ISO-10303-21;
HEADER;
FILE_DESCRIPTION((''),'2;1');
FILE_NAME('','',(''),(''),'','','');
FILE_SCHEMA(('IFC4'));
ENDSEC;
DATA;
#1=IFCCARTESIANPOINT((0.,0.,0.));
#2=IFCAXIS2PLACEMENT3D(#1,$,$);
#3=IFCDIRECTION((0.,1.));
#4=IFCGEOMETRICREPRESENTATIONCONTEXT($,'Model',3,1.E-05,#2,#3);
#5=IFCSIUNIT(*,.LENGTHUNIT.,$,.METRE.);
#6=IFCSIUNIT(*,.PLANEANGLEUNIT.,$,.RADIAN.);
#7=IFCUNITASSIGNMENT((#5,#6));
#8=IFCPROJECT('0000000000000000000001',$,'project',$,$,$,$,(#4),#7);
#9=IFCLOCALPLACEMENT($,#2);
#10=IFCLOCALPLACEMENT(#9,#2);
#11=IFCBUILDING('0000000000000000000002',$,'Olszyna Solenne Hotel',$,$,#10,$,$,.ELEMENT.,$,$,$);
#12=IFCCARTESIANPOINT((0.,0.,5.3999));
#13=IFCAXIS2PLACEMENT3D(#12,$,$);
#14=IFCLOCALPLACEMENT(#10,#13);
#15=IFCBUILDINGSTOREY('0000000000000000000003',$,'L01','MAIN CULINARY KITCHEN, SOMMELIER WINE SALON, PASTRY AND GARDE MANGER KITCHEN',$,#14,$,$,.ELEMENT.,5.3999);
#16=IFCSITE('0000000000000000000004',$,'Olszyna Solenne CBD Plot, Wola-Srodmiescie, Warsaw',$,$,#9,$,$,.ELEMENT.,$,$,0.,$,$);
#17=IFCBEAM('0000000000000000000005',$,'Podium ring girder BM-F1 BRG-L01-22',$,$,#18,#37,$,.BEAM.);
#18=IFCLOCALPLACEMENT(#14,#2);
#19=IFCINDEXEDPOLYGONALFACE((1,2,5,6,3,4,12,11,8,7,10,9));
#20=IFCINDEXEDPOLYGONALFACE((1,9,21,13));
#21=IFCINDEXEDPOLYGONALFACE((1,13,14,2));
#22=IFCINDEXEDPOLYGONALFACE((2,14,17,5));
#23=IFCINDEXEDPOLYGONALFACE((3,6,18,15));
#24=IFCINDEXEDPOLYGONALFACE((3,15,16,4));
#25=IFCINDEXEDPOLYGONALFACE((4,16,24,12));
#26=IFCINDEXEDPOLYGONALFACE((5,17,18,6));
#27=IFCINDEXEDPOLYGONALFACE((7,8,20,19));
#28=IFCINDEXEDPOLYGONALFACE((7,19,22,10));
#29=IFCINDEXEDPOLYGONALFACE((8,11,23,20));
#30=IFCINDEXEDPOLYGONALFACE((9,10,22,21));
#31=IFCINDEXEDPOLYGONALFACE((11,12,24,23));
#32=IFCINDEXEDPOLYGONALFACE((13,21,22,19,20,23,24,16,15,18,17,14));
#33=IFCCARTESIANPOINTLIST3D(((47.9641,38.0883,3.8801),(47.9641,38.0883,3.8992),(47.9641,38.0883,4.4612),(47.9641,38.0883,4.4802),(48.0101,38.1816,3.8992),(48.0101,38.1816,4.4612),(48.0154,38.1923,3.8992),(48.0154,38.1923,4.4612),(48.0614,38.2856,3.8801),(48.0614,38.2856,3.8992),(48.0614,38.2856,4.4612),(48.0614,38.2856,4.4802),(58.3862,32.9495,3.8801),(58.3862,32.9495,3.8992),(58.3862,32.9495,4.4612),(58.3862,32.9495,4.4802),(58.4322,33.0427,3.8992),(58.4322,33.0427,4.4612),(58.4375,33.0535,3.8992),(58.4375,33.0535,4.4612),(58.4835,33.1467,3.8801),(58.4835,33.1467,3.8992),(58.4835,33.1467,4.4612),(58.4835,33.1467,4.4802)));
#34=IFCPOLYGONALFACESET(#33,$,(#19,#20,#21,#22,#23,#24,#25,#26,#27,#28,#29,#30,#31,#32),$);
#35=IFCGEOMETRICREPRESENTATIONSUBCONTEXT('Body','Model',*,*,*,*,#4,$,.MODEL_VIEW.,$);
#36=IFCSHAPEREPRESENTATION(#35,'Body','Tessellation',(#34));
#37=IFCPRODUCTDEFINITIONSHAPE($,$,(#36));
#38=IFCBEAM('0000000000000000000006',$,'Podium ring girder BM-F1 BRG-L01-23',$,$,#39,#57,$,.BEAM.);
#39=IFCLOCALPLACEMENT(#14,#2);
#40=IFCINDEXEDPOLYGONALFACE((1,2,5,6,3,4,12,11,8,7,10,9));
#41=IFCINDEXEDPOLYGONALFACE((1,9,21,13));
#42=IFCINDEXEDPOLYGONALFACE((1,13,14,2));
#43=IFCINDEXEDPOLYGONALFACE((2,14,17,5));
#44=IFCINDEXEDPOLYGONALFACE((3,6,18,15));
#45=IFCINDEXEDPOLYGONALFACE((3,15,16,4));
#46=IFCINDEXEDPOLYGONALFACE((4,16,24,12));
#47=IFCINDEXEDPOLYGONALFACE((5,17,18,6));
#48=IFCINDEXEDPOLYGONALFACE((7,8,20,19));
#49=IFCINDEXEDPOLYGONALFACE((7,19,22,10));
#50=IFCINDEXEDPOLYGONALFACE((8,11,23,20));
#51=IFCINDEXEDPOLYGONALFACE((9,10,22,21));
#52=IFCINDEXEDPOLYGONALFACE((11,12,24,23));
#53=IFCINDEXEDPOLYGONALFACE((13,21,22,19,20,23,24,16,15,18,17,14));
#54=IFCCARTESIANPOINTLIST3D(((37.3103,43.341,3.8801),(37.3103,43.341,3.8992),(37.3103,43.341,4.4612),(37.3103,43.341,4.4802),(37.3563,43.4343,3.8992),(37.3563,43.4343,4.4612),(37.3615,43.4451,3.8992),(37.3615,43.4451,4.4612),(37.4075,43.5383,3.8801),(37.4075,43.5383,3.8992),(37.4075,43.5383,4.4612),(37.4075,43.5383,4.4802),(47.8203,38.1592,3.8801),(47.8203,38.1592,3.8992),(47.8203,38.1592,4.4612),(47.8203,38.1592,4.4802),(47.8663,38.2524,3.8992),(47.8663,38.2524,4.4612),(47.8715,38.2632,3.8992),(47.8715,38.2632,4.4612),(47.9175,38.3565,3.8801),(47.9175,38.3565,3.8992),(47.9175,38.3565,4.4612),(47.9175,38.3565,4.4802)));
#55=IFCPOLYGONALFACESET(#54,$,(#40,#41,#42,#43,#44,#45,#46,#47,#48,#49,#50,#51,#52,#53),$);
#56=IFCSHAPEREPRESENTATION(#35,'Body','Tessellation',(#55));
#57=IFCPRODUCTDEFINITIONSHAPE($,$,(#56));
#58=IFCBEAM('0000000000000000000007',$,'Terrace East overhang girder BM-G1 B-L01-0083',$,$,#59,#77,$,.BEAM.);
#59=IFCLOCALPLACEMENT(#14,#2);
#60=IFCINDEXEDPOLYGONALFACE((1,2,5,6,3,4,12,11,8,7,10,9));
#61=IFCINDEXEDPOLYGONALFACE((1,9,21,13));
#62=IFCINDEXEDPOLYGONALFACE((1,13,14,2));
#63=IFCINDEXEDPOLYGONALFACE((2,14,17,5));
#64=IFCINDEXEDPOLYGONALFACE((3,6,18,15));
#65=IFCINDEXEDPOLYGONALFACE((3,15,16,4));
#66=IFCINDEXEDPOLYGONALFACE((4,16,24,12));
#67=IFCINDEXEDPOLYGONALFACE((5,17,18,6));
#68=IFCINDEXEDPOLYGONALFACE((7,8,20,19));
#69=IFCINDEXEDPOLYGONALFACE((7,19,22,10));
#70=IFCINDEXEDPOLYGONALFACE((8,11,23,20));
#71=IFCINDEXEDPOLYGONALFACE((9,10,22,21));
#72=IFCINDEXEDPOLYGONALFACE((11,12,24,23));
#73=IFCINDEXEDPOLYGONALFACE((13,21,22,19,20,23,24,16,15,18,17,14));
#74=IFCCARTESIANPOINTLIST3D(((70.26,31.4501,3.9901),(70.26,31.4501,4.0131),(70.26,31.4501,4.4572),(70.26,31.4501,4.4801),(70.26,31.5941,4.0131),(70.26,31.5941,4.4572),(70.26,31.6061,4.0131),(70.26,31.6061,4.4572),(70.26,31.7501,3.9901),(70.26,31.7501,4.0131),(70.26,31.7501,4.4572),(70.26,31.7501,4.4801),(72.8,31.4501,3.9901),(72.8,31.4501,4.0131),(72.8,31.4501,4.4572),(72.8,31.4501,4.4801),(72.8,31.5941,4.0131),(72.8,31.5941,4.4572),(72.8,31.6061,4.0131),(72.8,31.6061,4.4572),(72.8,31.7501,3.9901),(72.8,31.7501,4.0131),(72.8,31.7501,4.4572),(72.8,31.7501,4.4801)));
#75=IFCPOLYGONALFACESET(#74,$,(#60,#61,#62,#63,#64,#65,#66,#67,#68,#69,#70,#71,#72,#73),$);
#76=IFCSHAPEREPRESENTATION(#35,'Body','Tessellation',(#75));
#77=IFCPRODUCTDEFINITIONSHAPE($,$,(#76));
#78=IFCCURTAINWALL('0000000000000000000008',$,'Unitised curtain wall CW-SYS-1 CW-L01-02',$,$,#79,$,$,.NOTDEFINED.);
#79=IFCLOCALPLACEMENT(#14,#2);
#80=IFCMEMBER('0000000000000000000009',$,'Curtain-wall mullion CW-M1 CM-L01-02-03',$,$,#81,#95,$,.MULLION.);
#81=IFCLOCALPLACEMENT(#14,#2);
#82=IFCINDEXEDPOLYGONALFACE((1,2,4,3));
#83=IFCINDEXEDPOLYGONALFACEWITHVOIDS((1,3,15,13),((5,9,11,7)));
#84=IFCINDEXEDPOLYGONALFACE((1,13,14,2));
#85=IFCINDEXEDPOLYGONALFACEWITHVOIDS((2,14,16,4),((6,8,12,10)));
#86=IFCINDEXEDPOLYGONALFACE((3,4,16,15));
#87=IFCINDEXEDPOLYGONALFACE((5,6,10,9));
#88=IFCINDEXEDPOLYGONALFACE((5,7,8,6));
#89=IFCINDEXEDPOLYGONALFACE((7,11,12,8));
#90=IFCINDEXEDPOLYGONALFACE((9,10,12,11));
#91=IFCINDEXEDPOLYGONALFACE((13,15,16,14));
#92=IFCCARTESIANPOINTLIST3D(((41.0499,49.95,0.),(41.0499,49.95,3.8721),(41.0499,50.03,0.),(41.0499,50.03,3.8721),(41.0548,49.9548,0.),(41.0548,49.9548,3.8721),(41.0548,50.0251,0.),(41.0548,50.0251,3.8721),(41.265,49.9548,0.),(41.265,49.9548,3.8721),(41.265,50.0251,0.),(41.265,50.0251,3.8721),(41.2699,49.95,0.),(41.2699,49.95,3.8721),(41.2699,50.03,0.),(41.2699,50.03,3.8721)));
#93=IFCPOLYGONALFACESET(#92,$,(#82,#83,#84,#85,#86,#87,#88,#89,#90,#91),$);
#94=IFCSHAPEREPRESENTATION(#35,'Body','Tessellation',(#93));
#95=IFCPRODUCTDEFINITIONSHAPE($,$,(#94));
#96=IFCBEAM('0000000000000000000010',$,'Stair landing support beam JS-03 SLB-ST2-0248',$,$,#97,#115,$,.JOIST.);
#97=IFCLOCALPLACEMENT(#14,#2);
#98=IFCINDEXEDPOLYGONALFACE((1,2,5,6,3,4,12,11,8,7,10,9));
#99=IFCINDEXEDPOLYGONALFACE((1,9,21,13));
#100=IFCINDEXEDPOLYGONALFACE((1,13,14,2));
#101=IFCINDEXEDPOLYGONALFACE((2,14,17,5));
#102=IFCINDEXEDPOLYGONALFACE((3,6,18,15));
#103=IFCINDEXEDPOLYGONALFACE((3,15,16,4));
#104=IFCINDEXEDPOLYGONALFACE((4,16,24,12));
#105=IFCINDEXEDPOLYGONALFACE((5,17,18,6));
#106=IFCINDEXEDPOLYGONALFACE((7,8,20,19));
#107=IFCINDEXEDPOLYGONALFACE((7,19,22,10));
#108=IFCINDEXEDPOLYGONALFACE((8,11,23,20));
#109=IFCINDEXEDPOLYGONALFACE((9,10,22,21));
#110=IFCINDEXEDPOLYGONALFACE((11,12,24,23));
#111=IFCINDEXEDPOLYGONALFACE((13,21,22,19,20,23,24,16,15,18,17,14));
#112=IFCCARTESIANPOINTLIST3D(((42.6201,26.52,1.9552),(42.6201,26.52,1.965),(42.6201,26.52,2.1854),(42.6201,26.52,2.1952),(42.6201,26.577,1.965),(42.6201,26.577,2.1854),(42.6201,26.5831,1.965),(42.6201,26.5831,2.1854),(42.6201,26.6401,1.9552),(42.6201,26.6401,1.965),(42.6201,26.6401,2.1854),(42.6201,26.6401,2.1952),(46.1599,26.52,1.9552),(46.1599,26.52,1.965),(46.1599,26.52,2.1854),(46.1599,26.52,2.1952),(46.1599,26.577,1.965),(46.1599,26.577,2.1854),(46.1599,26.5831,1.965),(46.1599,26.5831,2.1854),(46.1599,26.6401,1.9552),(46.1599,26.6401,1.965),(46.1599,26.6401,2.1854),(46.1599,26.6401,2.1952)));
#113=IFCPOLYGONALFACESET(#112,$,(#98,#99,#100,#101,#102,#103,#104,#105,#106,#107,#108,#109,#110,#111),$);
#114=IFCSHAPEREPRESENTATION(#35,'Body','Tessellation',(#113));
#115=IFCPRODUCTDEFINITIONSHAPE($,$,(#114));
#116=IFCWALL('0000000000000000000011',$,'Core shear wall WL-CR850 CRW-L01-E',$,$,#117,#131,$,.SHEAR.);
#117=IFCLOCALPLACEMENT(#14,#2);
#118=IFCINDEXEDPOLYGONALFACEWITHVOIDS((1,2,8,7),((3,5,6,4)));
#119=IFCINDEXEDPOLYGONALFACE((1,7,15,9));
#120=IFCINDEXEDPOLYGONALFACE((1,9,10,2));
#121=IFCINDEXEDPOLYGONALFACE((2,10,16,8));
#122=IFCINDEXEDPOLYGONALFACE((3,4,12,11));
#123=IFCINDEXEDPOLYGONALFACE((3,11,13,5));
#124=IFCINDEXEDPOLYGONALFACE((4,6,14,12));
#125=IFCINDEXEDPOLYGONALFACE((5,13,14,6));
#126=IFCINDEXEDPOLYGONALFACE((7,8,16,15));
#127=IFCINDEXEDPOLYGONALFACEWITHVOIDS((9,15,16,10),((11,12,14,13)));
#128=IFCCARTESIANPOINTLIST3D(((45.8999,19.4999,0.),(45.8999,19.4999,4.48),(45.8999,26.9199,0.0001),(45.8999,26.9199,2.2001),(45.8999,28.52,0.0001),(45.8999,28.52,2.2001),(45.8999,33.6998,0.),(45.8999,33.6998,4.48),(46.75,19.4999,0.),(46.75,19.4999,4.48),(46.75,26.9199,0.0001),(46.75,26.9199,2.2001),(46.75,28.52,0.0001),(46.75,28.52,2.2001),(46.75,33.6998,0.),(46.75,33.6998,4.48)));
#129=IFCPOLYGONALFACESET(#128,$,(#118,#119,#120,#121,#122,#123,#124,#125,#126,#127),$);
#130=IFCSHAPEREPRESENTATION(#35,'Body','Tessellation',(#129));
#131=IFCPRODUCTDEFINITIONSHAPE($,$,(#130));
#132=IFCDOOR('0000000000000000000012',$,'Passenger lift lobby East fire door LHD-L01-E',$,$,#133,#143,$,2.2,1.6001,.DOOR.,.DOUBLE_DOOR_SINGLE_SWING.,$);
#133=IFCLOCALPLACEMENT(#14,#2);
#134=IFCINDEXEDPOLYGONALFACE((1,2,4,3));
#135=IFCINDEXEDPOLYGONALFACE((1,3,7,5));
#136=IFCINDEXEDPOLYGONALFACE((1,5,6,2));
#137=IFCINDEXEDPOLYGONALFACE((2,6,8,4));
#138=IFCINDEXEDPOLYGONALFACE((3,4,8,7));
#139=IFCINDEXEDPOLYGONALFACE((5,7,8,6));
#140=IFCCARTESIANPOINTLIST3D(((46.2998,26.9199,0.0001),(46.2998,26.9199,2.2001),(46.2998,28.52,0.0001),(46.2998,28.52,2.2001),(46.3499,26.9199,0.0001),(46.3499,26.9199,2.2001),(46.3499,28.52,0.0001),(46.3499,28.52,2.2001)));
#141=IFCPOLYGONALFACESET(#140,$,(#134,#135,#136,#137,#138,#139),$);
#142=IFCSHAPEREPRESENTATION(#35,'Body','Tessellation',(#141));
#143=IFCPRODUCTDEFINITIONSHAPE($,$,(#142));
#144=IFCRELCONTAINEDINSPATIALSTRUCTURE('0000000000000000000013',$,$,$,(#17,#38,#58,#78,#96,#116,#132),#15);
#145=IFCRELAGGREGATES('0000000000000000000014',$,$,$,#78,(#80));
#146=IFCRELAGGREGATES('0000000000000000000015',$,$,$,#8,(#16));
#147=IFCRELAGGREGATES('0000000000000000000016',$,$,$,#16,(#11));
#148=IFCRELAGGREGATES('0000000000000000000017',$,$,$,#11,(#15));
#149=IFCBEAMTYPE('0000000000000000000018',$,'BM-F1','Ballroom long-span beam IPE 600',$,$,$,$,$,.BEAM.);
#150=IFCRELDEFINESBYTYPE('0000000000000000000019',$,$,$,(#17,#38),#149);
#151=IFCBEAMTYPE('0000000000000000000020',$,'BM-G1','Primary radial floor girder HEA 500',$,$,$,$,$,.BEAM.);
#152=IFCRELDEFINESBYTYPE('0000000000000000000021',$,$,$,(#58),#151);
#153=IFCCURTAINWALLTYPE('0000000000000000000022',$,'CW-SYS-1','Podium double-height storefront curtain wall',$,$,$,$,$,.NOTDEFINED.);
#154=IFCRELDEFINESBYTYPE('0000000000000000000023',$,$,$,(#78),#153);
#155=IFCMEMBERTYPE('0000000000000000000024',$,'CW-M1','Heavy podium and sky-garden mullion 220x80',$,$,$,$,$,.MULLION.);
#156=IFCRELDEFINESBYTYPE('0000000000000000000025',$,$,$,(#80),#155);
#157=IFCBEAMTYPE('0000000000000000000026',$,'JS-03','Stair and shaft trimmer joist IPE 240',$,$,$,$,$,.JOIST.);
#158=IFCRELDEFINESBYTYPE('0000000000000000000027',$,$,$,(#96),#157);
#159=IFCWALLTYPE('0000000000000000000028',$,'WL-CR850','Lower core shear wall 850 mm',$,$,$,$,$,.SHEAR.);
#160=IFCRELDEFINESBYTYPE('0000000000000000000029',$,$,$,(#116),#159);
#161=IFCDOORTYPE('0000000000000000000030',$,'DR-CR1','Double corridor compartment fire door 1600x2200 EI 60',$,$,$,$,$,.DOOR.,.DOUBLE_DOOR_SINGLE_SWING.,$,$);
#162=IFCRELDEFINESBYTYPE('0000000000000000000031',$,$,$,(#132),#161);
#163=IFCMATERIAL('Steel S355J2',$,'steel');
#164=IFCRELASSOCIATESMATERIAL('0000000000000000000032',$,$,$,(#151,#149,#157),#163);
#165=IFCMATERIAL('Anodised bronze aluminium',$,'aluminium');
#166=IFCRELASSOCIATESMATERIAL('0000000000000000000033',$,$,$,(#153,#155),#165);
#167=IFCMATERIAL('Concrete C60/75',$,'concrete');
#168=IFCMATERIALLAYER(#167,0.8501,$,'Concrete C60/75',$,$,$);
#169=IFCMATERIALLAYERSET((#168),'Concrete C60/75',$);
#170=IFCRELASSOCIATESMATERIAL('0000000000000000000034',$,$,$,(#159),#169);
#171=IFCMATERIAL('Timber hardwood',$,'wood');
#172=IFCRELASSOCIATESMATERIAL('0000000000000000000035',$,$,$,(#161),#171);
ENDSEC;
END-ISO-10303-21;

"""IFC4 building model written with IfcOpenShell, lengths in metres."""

from ifc_helpers import new_model, si_unit, direction, frame, frame_2d, origin, origin_2d, place, context, subcontext, project, spatial, rectangle, hollow_rectangle, i_section, extrude, source, transform, mapped, material, layer, layer_set, material_profile, profile_set, type_object, type_shapes, element, fill, aggregate, save


model = new_model("IFC4")

# Units and contexts
model_context = context("Model", 3, precision=1e-05, world=origin(), true_north=direction((0.0, 1.0)))
body_context = subcontext(model_context, "Body", "Model", "MODEL_VIEW")
ifc_project = project(units=[si_unit("LENGTHUNIT", "METRE"), si_unit("PLANEANGLEUNIT", "RADIAN")], contexts=[model_context])

# Site, building, storey
site_placement = place(None, origin())
site = spatial("IfcSite", under=ifc_project, at=site_placement, Name="Olszyna Solenne CBD Plot, Wola-Srodmiescie, Warsaw", CompositionType="ELEMENT", RefElevation=0.0)
building_placement = place(site_placement, origin())
building = spatial("IfcBuilding", under=site, at=building_placement, Name="Olszyna Solenne Hotel", CompositionType="ELEMENT")
storey_placement = place(building_placement, frame((0.0, 0.0, 5.3999)))
storey = spatial("IfcBuildingStorey", under=building, at=storey_placement, Name="L01", Description="MAIN CULINARY KITCHEN, SOMMELIER WINE SALON, PASTRY AND GARDE MANGER KITCHEN", CompositionType="ELEMENT", Elevation=5.3999)

# Shared definitions
ifc_material_1 = material(Name="Concrete C60/75", Category="concrete")

# Beams
ifc_material_2 = material(Name="Steel S355J2", Category="steel")
ifc_material_profile_1 = material_profile(ifc_material_2, i_section(OverallWidth=0.3, OverallDepth=0.49, WebThickness=0.012, FlangeThickness=0.0229, at=origin_2d()), Name="HEA 500", Category="load-bearing")
ifc_profile_set_1 = profile_set([ifc_material_profile_1], Name="Steel S355J2")
beam_type_1 = type_object("IfcBeamType", Name="BM-G1", Description="Primary radial floor girder HEA 500", PredefinedType="BEAM", material=ifc_profile_set_1)
ifc_material_profile_2 = material_profile(ifc_material_2, i_section(OverallWidth=0.22, OverallDepth=0.6001, WebThickness=0.012, FlangeThickness=0.019, at=origin_2d()), Name="IPE 600", Category="load-bearing")
ifc_profile_set_2 = profile_set([ifc_material_profile_2], Name="Steel S355J2")
beam_type_2 = type_object("IfcBeamType", Name="BM-F1", Description="Ballroom long-span beam IPE 600", PredefinedType="BEAM", material=ifc_profile_set_2)
shared_shape_1 = source(origin(), body_context, "Body", "SweptSolid", [
    extrude(i_section(OverallWidth=0.22, OverallDepth=0.6001, WebThickness=0.012, FlangeThickness=0.019, at=origin_2d()), origin(), (0.0, 0.0, 1.0), 11.6201),
])
for number, where, z_axis, x_axis, name in (
    (1, (58.4348, 33.0481, 4.1802), (-0.896897, 0.44224, 0.0), (-0.44224, -0.896897, 0.0), "Podium ring girder BM-F1 BRG-L01-22"),
):
    element("IfcBeam", number, at=place(storey_placement, frame(where, z_axis=z_axis, x_axis=x_axis)), inside=storey, type_object=beam_type_2, Name=name, PredefinedType="BEAM", context=body_context, shape_type="MappedRepresentation", body=[
        mapped(shared_shape_1, transform((0.0, 0.0, 0.0), x_axis=(1.0, 0.0, 0.0), y_axis=(0.0, 1.0, 0.0), z_axis=(0.0, 0.0, 1.0), scale=1.0)),
    ])
shared_shape_2 = source(origin(), body_context, "Body", "SweptSolid", [
    extrude(i_section(OverallWidth=0.22, OverallDepth=0.6001, WebThickness=0.012, FlangeThickness=0.019, at=origin_2d()), origin(), (0.0, 0.0, 1.0), 11.718),
])
beam_1_placement = place(storey_placement, frame((47.8689, 38.2578, 4.1802), z_axis=(-0.896909, 0.442215, 0.0), x_axis=(-0.442215, -0.896909, 0.0)))
element("IfcBeam", 2, at=beam_1_placement, inside=storey, type_object=beam_type_2, Name="Podium ring girder BM-F1 BRG-L01-23", PredefinedType="BEAM", context=body_context, shape_type="MappedRepresentation", body=[
    mapped(shared_shape_2, transform((0.0, 0.0, 0.0), x_axis=(1.0, 0.0, 0.0), y_axis=(0.0, 1.0, 0.0), z_axis=(0.0, 0.0, 1.0), scale=1.0)),
])
shared_shape_3 = source(origin(), body_context, "Body", "SweptSolid", [
    extrude(i_section(OverallWidth=0.3, OverallDepth=0.49, WebThickness=0.012, FlangeThickness=0.0229, at=origin_2d()), origin(), (0.0, 0.0, 1.0), 2.54),
])
beam_2_placement = place(storey_placement, frame((70.26, 31.6001, 4.2351), z_axis=(1.0, 0.0, 0.0), x_axis=(0.0, 1.0, 0.0)))
element("IfcBeam", 3, at=beam_2_placement, inside=storey, type_object=beam_type_1, Name="Terrace East overhang girder BM-G1 B-L01-0083", PredefinedType="BEAM", context=body_context, shape_type="MappedRepresentation", body=[
    mapped(shared_shape_3, transform((0.0, 0.0, 0.0), x_axis=(1.0, 0.0, 0.0), y_axis=(0.0, 1.0, 0.0), z_axis=(0.0, 0.0, 1.0), scale=1.0)),
])

# Curtain wall, member
ifc_material_3 = material(Name="Anodised bronze aluminium", Category="aluminium")
curtain_wall_type = type_object("IfcCurtainWallType", Name="CW-SYS-1", Description="Podium double-height storefront curtain wall", PredefinedType="NOTDEFINED", material=ifc_material_3)
curtain_wall_placement = place(storey_placement, origin())
curtain_wall = element("IfcCurtainWall", 4, at=curtain_wall_placement, inside=storey, type_object=curtain_wall_type, Name="Unitised curtain wall CW-SYS-1 CW-L01-02", PredefinedType="NOTDEFINED")
ifc_material_profile_3 = material_profile(ifc_material_3, hollow_rectangle(XDim=0.0801, YDim=0.22, WallThickness=0.0049, at=origin_2d()), Name="MULL 220x80x5", Category="load-bearing")
ifc_profile_set_3 = profile_set([ifc_material_profile_3], Name="Anodised bronze aluminium")
member_type = type_object("IfcMemberType", Name="CW-M1", Description="Heavy podium and sky-garden mullion 220x80", PredefinedType="MULLION", material=ifc_profile_set_3)
shared_shape_4 = source(origin(), body_context, "Body", "SweptSolid", [
    extrude(hollow_rectangle(XDim=0.0801, YDim=0.22, WallThickness=0.0049, at=origin_2d()), origin(), (0.0, 0.0, 1.0), 3.8721),
])
member_placement = place(storey_placement, frame((41.1599, 49.99, 0.0), z_axis=(0.0, 0.0, 1.0), x_axis=(0.0, 1.0, 0.0)))
member = element("IfcMember", 5, at=member_placement, type_object=member_type, Name="Curtain-wall mullion CW-M1 CM-L01-02-03", PredefinedType="MULLION", context=body_context, shape_type="MappedRepresentation", body=[
    mapped(shared_shape_4, transform((0.0, 0.0, 0.0), x_axis=(1.0, 0.0, 0.0), y_axis=(0.0, 1.0, 0.0), z_axis=(0.0, 0.0, 1.0), scale=1.0)),
])
aggregate(curtain_wall, [member])

# Beam
ifc_material_profile_4 = material_profile(ifc_material_2, i_section(OverallWidth=0.1201, OverallDepth=0.24, WebThickness=0.0061, FlangeThickness=0.0098, at=origin_2d()), Name="IPE 240", Category="load-bearing")
ifc_profile_set_4 = profile_set([ifc_material_profile_4], Name="Steel S355J2")
beam_type_3 = type_object("IfcBeamType", Name="JS-03", Description="Stair and shaft trimmer joist IPE 240", PredefinedType="JOIST", material=ifc_profile_set_4)
shared_shape_5 = source(origin(), body_context, "Body", "SweptSolid", [
    extrude(i_section(OverallWidth=0.1201, OverallDepth=0.24, WebThickness=0.0061, FlangeThickness=0.0098, at=origin_2d()), origin(), (0.0, 0.0, 1.0), 3.5398),
])
beam_3_placement = place(storey_placement, frame((46.1599, 26.5801, 2.0752), z_axis=(-1.0, 0.0, 0.0), x_axis=(0.0, -1.0, 0.0)))
element("IfcBeam", 6, at=beam_3_placement, inside=storey, type_object=beam_type_3, Name="Stair landing support beam JS-03 SLB-ST2-0248", PredefinedType="JOIST", context=body_context, shape_type="MappedRepresentation", body=[
    mapped(shared_shape_5, transform((0.0, 0.0, 0.0), x_axis=(1.0, 0.0, 0.0), y_axis=(0.0, 1.0, 0.0), z_axis=(0.0, 0.0, 1.0), scale=1.0)),
])

# Wall, opening, door
ifc_layer_1 = layer(ifc_material_1, 0.8501, Name="Concrete C60/75")
ifc_layer_set_1 = layer_set([ifc_layer_1], Name="Concrete C60/75")
wall_type_1 = type_object("IfcWallType", Name="WL-CR850", Description="Lower core shear wall 850 mm", PredefinedType="SHEAR", material=ifc_layer_set_1)
wall_1_placement = place(storey_placement, frame((46.325, 33.7, 0.0), z_axis=(0.0, 0.0, 1.0), x_axis=(0.0, -1.0, 0.0)))
wall_1 = element("IfcWall", 7, at=wall_1_placement, inside=storey, type_object=wall_type_1, Name="Core shear wall WL-CR850 CRW-L01-E", PredefinedType="SHEAR", context=body_context, shape_type="SweptSolid", body=[
    extrude(rectangle(XDim=14.2, YDim=0.8501, at=frame_2d((7.1001, 0.0))), origin(), (0.0, 0.0, 1.0), 4.48),
])
opening_1_placement = place(wall_1_placement, frame((5.1799, 0.0, 0.0)))
opening_1 = element("IfcOpeningElement", 8, at=opening_1_placement, cuts=wall_1, PredefinedType="OPENING", context=body_context, shape_type="SweptSolid", body=[
    extrude(rectangle(XDim=1.6001, YDim=2.2, at=frame_2d((0.8, 1.1001))), frame((0.0, 0.4351, 0.0), z_axis=(0.0, -1.0, 0.0), x_axis=(1.0, 0.0, 0.0)), (0.0, 0.0, 1.0), 0.8701),
])
ifc_material_4 = material(Name="Timber hardwood", Category="wood")
door_type_1 = type_object("IfcDoorType", Name="DR-CR1", Description="Double corridor compartment fire door 1600x2200 EI 60", OperationType="DOUBLE_DOOR_SINGLE_SWING", PredefinedType="DOOR", material=ifc_material_4)
shared_shape_6 = source(origin(), body_context, "Body", "SweptSolid", [
    extrude(rectangle(XDim=1.6001, YDim=2.2, at=frame_2d((0.8, 1.1001))), frame((0.0, 0.0249, 0.0), z_axis=(0.0, -1.0, 0.0), x_axis=(1.0, 0.0, 0.0)), (0.0, 0.0, 1.0), 0.05),
])
type_shapes(door_type_1, [shared_shape_6])
door_1_placement = place(opening_1_placement, origin())
door_1 = element("IfcDoor", 9, at=door_1_placement, inside=storey, type_object=door_type_1, Name="Passenger lift lobby East fire door LHD-L01-E", OperationType="DOUBLE_DOOR_SINGLE_SWING", OverallHeight=2.2, OverallWidth=1.6001, PredefinedType="DOOR", context=body_context, shape_type="MappedRepresentation", body=[
    mapped(shared_shape_6, transform((0.0, 0.0, 0.0), x_axis=(1.0, 0.0, 0.0), y_axis=(0.0, 1.0, 0.0), z_axis=(0.0, 0.0, 1.0), scale=1.0)),
])
fill(opening_1, door_1)

save(model, "model.ifc")
